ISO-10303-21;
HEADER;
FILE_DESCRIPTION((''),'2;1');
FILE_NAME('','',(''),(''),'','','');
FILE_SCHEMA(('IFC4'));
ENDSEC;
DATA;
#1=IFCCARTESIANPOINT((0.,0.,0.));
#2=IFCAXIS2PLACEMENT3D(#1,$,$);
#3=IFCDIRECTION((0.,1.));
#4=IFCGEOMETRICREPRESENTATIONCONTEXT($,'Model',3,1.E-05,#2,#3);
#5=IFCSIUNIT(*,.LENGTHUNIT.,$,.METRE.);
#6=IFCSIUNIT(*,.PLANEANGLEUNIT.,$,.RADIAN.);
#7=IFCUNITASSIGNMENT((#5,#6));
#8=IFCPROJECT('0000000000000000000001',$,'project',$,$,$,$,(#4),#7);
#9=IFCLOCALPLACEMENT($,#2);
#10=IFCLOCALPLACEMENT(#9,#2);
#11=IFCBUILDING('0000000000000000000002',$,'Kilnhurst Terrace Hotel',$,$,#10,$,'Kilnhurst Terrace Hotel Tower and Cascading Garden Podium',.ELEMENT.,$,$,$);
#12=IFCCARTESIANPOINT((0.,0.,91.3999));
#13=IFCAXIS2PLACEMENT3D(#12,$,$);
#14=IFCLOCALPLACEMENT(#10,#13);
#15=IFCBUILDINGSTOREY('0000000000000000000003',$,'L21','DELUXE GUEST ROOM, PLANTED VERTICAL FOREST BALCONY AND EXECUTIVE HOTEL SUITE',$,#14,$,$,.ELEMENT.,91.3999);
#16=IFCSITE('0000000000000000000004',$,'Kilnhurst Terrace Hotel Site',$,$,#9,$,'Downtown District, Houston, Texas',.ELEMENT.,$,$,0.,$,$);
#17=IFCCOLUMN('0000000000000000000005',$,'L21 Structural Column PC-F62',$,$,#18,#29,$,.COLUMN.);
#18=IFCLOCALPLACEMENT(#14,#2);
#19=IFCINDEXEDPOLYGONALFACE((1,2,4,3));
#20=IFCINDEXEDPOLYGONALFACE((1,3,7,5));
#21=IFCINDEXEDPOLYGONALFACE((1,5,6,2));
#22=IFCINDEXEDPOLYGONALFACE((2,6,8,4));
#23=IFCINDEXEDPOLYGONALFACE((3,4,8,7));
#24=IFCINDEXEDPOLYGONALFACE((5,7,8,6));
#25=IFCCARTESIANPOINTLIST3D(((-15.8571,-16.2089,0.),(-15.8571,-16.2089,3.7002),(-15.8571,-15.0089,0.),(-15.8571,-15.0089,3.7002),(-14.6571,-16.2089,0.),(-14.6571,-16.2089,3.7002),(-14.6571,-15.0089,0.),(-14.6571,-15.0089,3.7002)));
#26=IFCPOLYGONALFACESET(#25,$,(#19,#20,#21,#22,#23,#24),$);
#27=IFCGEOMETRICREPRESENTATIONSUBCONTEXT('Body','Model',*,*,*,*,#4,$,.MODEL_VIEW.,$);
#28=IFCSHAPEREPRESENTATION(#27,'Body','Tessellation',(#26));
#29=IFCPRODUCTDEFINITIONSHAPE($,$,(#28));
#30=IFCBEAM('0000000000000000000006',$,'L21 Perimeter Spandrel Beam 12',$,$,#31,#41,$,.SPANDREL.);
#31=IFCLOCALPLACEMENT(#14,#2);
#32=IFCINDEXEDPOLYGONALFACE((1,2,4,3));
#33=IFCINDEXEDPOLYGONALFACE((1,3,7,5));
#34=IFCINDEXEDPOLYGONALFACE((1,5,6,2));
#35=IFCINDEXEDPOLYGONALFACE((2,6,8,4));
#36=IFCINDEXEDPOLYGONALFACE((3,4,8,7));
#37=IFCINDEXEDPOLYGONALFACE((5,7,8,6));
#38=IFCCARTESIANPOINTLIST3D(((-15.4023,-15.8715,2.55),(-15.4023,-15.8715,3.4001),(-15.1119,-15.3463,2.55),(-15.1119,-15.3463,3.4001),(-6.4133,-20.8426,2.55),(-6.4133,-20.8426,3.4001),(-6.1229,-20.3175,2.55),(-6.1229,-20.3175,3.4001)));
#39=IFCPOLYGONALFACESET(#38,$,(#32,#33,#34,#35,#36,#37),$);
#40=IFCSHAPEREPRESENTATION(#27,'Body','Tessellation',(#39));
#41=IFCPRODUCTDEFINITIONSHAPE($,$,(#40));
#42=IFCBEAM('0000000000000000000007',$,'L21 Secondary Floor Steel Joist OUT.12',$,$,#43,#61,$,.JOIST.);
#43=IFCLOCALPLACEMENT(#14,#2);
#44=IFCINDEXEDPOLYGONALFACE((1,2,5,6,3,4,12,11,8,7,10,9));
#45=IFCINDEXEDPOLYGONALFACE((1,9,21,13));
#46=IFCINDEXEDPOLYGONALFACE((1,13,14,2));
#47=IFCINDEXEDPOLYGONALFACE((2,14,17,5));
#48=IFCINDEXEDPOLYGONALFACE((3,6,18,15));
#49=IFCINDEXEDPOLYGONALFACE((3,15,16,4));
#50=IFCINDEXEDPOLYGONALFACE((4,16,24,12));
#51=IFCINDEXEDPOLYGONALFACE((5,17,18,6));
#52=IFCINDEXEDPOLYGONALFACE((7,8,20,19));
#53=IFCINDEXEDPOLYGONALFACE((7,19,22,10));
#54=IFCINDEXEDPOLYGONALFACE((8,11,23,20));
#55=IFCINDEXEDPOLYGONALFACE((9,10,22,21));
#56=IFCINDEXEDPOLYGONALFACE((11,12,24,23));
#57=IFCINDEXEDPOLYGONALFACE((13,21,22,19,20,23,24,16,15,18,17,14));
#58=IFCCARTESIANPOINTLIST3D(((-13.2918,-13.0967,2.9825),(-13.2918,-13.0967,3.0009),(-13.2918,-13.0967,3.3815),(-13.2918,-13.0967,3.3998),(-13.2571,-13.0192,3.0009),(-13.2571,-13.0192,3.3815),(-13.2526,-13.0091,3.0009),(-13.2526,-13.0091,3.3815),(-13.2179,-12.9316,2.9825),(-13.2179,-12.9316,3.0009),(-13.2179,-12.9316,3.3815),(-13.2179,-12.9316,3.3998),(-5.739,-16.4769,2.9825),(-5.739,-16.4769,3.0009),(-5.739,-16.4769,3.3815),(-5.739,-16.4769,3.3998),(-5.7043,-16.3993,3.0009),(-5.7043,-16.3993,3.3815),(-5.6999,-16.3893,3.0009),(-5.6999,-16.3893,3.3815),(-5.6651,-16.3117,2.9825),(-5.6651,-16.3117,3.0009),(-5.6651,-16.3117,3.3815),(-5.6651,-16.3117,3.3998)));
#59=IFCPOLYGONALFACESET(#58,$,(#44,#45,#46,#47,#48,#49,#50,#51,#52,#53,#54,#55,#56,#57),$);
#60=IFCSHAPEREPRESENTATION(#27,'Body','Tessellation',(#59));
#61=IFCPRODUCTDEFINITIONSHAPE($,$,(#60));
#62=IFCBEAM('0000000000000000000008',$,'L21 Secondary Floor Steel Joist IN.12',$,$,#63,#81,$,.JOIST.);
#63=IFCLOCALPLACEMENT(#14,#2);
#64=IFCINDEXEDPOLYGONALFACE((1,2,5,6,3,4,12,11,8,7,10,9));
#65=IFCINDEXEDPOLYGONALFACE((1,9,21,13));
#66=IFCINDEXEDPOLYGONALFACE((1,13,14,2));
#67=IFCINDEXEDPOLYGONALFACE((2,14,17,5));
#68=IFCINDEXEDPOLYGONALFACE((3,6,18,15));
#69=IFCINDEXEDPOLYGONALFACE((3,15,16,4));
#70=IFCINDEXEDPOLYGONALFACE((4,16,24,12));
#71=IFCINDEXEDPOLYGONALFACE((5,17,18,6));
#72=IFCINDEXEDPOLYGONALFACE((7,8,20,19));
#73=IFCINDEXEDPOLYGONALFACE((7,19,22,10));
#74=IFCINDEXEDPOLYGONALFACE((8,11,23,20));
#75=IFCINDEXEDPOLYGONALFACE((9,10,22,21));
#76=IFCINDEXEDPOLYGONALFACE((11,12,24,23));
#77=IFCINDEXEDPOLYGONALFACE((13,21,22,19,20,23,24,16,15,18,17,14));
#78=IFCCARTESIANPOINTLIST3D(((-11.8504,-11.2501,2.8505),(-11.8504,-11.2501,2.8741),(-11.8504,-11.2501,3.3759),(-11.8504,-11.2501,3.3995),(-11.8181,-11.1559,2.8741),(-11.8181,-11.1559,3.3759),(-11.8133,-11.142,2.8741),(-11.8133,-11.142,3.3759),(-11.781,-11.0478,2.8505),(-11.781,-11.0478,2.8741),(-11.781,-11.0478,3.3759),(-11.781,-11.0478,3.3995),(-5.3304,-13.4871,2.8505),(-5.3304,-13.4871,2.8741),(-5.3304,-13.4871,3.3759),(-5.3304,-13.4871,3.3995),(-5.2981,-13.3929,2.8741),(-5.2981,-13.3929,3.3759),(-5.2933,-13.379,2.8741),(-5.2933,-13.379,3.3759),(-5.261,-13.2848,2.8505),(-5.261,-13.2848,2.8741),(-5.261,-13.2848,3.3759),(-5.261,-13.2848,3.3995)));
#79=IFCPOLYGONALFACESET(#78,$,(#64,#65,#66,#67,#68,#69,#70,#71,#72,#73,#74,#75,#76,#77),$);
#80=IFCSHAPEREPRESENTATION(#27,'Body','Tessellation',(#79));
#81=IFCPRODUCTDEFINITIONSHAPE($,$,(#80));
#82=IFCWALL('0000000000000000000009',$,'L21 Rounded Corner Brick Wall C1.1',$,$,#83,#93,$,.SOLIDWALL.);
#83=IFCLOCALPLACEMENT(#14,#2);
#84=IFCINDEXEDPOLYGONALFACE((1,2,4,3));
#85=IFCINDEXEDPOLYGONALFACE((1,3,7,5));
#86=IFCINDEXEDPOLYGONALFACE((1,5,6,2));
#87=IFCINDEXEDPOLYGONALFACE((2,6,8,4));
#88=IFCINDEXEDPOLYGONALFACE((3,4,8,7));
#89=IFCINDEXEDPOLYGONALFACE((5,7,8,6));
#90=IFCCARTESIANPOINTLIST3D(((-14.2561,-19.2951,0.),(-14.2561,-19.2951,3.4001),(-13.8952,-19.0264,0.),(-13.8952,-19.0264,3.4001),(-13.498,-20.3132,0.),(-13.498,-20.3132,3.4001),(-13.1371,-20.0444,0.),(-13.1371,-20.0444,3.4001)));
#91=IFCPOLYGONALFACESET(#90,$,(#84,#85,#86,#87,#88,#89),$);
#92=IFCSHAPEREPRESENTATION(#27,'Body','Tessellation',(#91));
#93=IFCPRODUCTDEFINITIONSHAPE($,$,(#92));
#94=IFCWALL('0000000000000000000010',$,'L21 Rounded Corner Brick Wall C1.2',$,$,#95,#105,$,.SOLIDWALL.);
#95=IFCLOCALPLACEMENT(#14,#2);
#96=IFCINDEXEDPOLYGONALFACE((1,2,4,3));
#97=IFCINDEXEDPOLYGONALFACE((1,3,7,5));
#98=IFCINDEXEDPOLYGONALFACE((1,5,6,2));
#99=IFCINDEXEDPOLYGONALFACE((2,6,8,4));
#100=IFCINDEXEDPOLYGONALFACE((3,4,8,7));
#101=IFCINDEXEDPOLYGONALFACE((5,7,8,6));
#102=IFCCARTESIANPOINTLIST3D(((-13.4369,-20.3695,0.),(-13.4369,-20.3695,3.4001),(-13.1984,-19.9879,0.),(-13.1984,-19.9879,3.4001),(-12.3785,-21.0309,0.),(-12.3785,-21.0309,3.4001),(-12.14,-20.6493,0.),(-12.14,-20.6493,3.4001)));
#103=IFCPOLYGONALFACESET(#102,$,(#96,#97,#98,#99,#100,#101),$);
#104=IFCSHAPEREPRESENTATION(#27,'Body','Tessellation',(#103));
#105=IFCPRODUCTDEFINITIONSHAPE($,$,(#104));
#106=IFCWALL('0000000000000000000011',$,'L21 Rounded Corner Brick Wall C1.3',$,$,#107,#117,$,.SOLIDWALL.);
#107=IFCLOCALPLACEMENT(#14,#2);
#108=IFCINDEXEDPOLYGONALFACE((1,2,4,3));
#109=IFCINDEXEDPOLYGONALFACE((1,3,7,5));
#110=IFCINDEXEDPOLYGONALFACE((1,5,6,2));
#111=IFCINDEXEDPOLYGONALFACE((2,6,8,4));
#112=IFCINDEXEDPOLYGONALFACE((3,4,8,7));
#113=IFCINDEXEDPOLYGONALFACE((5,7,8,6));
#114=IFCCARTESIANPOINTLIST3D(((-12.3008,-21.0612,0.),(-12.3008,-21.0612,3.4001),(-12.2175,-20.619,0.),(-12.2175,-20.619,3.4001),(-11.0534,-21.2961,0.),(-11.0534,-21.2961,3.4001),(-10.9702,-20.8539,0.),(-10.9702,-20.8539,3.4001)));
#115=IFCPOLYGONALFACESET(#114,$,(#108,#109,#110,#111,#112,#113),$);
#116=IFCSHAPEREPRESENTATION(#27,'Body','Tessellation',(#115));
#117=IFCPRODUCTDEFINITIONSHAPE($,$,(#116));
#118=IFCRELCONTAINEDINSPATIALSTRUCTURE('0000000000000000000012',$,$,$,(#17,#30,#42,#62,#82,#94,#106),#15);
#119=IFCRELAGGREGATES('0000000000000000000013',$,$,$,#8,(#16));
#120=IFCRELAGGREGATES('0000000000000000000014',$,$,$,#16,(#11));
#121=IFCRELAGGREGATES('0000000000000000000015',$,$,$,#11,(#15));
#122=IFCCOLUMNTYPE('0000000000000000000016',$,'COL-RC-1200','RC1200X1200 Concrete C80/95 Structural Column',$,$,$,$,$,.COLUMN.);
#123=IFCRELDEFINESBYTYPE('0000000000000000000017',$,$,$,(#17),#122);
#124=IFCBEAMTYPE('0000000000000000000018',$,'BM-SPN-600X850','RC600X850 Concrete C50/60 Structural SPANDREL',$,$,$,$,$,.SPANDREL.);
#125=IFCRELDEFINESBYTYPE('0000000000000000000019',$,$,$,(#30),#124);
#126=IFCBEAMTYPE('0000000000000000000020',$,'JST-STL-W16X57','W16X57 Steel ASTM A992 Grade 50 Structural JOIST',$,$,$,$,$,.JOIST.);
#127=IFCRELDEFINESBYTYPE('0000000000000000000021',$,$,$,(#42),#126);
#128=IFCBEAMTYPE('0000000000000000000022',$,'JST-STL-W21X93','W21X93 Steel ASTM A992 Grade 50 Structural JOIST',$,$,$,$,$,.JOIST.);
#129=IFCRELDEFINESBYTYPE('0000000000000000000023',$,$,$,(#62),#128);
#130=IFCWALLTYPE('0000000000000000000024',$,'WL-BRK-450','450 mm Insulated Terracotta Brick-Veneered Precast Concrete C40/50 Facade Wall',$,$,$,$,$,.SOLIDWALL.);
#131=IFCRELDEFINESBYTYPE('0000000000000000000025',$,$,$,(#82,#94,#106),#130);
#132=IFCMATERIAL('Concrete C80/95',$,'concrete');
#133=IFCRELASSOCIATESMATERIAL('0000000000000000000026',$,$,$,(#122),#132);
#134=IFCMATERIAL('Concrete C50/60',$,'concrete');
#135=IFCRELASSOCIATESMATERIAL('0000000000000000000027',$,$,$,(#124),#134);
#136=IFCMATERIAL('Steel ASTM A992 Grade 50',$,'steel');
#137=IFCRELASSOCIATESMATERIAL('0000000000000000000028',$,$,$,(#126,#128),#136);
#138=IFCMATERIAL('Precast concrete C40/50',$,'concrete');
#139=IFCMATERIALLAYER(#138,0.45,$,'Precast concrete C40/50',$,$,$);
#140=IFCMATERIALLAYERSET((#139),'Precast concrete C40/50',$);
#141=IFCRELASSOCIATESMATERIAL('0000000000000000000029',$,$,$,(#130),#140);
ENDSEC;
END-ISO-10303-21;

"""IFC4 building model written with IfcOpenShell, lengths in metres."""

from ifc_helpers import new_model, si_unit, direction, frame, frame_2d, origin, origin_2d, place, context, subcontext, project, spatial, rectangle, i_section, extrude, material, layer, layer_set, material_profile, profile_set, type_object, element, save


model = new_model("IFC4")

# Units and contexts
model_context = context("Model", 3, precision=1e-05, world=origin(), true_north=direction((0.0, 1.0)))
body_context = subcontext(model_context, "Body", "Model", "MODEL_VIEW")
ifc_project = project(units=[si_unit("LENGTHUNIT", "METRE"), si_unit("PLANEANGLEUNIT", "RADIAN")], contexts=[model_context])

# Site, building, storey
site_placement = place(None, origin())
site = spatial("IfcSite", under=ifc_project, at=site_placement, Name="Kilnhurst Terrace Hotel Site", LongName="Downtown District, Houston, Texas", CompositionType="ELEMENT", RefElevation=0.0)
building_placement = place(site_placement, origin())
building = spatial("IfcBuilding", under=site, at=building_placement, Name="Kilnhurst Terrace Hotel", LongName="Kilnhurst Terrace Hotel Tower and Cascading Garden Podium", CompositionType="ELEMENT")
storey_placement = place(building_placement, frame((0.0, 0.0, 91.3999)))
storey = spatial("IfcBuildingStorey", under=building, at=storey_placement, Name="L21", Description="DELUXE GUEST ROOM, PLANTED VERTICAL FOREST BALCONY AND EXECUTIVE HOTEL SUITE", CompositionType="ELEMENT", Elevation=91.3999)

# Column
ifc_material_1 = material(Name="Concrete C80/95", Category="concrete")
ifc_material_profile_1 = material_profile(ifc_material_1, rectangle(XDim=1.2, YDim=1.2, at=origin_2d()), Name="RC1200X1200")
ifc_profile_set_1 = profile_set([ifc_material_profile_1], Name="Concrete C80/95")
column_type = type_object("IfcColumnType", Name="COL-RC-1200", Description="RC1200X1200 Concrete C80/95 Structural Column", PredefinedType="COLUMN", material=ifc_profile_set_1)
column_placement = place(storey_placement, frame((-15.2571, -15.6089, 0.0), z_axis=(0.0, 0.0, 1.0), x_axis=(1.0, 0.0, 0.0)))
element("IfcColumn", 1, at=column_placement, inside=storey, type_object=column_type, Name="L21 Structural Column PC-F62", PredefinedType="COLUMN", context=body_context, shape_type="SweptSolid", body=[
    extrude(rectangle(XDim=1.2, YDim=1.2, at=origin_2d()), origin(), (0.0, 0.0, 1.0), 3.7002),
])

# Beams
ifc_material_2 = material(Name="Concrete C50/60", Category="concrete")
ifc_material_profile_2 = material_profile(ifc_material_2, rectangle(XDim=0.6001, YDim=0.8501, at=origin_2d()), Name="RC600X850")
ifc_profile_set_2 = profile_set([ifc_material_profile_2], Name="Concrete C50/60")
beam_type_1 = type_object("IfcBeamType", Name="BM-SPN-600X850", Description="RC600X850 Concrete C50/60 Structural SPANDREL", PredefinedType="SPANDREL", material=ifc_profile_set_2)
beam_1_placement = place(storey_placement, frame((-15.2571, -15.6089, 2.9751), z_axis=(0.875094, -0.483953, 0.0), x_axis=(0.483953, 0.875094, 0.0)))
element("IfcBeam", 2, at=beam_1_placement, inside=storey, type_object=beam_type_1, Name="L21 Perimeter Spandrel Beam 12", PredefinedType="SPANDREL", context=body_context, shape_type="SweptSolid", body=[
    extrude(rectangle(XDim=0.6001, YDim=0.8501, at=origin_2d()), origin(), (0.0, 0.0, 1.0), 10.272),
])
ifc_material_3 = material(Name="Steel ASTM A992 Grade 50", Category="steel")
ifc_material_profile_3 = material_profile(ifc_material_3, i_section(OverallWidth=0.1809, OverallDepth=0.4172, WebThickness=0.011, FlangeThickness=0.0183, at=origin_2d()), Name="W16X57")
ifc_profile_set_3 = profile_set([ifc_material_profile_3], Name="Steel ASTM A992 Grade 50")
beam_type_2 = type_object("IfcBeamType", Name="JST-STL-W16X57", Description="W16X57 Steel ASTM A992 Grade 50 Structural JOIST", PredefinedType="JOIST", material=ifc_profile_set_3)
beam_2_placement = place(storey_placement, frame((-13.2549, -13.0142, 3.1912), z_axis=(0.912761, -0.408494, 0.0), x_axis=(0.408494, 0.912761, 0.0)))
element("IfcBeam", 3, at=beam_2_placement, inside=storey, type_object=beam_type_2, Name="L21 Secondary Floor Steel Joist OUT.12", PredefinedType="JOIST", context=body_context, shape_type="SweptSolid", body=[
    extrude(i_section(OverallWidth=0.1809, OverallDepth=0.4172, WebThickness=0.011, FlangeThickness=0.0183, at=origin_2d()), origin(), (0.0, 0.0, 1.0), 8.2747),
])
ifc_material_profile_4 = material_profile(ifc_material_3, i_section(OverallWidth=0.2139, OverallDepth=0.5491, WebThickness=0.0146, FlangeThickness=0.0237, at=origin_2d()), Name="W21X93")
ifc_profile_set_4 = profile_set([ifc_material_profile_4], Name="Steel ASTM A992 Grade 50")
beam_type_3 = type_object("IfcBeamType", Name="JST-STL-W21X93", Description="W21X93 Steel ASTM A992 Grade 50 Structural JOIST", PredefinedType="JOIST", material=ifc_profile_set_4)
beam_3_placement = place(storey_placement, frame((-11.8157, -11.1489, 3.125), z_axis=(0.945874, -0.324535, 0.0), x_axis=(0.324535, 0.945874, 0.0)))
element("IfcBeam", 4, at=beam_3_placement, inside=storey, type_object=beam_type_3, Name="L21 Secondary Floor Steel Joist IN.12", PredefinedType="JOIST", context=body_context, shape_type="SweptSolid", body=[
    extrude(i_section(OverallWidth=0.2139, OverallDepth=0.5491, WebThickness=0.0146, FlangeThickness=0.0237, at=origin_2d()), origin(), (0.0, 0.0, 1.0), 6.8931),
])

# Walls
ifc_material_4 = material(Name="Precast concrete C40/50", Category="concrete")
ifc_layer_1 = layer(ifc_material_4, 0.45, Name="Precast concrete C40/50")
ifc_layer_set_1 = layer_set([ifc_layer_1], Name="Precast concrete C40/50")
wall_type_1 = type_object("IfcWallType", Name="WL-BRK-450", Description="450 mm Insulated Terracotta Brick-Veneered Precast Concrete C40/50 Facade Wall", PredefinedType="SOLIDWALL", material=ifc_layer_set_1)
wall_1_placement = place(storey_placement, frame((-14.0757, -19.1606, 0.0), z_axis=(0.0, 0.0, 1.0), x_axis=(0.597227, -0.802073, 0.0)))
element("IfcWall", 5, at=wall_1_placement, inside=storey, type_object=wall_type_1, Name="L21 Rounded Corner Brick Wall C1.1", PredefinedType="SOLIDWALL", context=body_context, shape_type="SweptSolid", body=[
    extrude(rectangle(XDim=1.2693, YDim=0.45, at=frame_2d((0.6348, 0.0))), origin(), (0.0, 0.0, 1.0), 3.4001),
])
wall_2_placement = place(storey_placement, frame((-13.3176, -20.1787, 0.0), z_axis=(0.0, 0.0, 1.0), x_axis=(0.848031, -0.529946, 0.0)))
element("IfcWall", 6, at=wall_2_placement, inside=storey, type_object=wall_type_1, Name="L21 Rounded Corner Brick Wall C1.2", PredefinedType="SOLIDWALL", context=body_context, shape_type="SweptSolid", body=[
    extrude(rectangle(XDim=1.248, YDim=0.45, at=frame_2d((0.624, 0.0))), origin(), (0.0, 0.0, 1.0), 3.4001),
])
wall_3_placement = place(storey_placement, frame((-12.2593, -20.8401, 0.0), z_axis=(0.0, 0.0, 1.0), x_axis=(0.98273, -0.185043, 0.0)))
element("IfcWall", 7, at=wall_3_placement, inside=storey, type_object=wall_type_1, Name="L21 Rounded Corner Brick Wall C1.3", PredefinedType="SOLIDWALL", context=body_context, shape_type="SweptSolid", body=[
    extrude(rectangle(XDim=1.2693, YDim=0.45, at=frame_2d((0.6348, 0.0))), origin(), (0.0, 0.0, 1.0), 3.4001),
])

save(model, "model.ifc")
